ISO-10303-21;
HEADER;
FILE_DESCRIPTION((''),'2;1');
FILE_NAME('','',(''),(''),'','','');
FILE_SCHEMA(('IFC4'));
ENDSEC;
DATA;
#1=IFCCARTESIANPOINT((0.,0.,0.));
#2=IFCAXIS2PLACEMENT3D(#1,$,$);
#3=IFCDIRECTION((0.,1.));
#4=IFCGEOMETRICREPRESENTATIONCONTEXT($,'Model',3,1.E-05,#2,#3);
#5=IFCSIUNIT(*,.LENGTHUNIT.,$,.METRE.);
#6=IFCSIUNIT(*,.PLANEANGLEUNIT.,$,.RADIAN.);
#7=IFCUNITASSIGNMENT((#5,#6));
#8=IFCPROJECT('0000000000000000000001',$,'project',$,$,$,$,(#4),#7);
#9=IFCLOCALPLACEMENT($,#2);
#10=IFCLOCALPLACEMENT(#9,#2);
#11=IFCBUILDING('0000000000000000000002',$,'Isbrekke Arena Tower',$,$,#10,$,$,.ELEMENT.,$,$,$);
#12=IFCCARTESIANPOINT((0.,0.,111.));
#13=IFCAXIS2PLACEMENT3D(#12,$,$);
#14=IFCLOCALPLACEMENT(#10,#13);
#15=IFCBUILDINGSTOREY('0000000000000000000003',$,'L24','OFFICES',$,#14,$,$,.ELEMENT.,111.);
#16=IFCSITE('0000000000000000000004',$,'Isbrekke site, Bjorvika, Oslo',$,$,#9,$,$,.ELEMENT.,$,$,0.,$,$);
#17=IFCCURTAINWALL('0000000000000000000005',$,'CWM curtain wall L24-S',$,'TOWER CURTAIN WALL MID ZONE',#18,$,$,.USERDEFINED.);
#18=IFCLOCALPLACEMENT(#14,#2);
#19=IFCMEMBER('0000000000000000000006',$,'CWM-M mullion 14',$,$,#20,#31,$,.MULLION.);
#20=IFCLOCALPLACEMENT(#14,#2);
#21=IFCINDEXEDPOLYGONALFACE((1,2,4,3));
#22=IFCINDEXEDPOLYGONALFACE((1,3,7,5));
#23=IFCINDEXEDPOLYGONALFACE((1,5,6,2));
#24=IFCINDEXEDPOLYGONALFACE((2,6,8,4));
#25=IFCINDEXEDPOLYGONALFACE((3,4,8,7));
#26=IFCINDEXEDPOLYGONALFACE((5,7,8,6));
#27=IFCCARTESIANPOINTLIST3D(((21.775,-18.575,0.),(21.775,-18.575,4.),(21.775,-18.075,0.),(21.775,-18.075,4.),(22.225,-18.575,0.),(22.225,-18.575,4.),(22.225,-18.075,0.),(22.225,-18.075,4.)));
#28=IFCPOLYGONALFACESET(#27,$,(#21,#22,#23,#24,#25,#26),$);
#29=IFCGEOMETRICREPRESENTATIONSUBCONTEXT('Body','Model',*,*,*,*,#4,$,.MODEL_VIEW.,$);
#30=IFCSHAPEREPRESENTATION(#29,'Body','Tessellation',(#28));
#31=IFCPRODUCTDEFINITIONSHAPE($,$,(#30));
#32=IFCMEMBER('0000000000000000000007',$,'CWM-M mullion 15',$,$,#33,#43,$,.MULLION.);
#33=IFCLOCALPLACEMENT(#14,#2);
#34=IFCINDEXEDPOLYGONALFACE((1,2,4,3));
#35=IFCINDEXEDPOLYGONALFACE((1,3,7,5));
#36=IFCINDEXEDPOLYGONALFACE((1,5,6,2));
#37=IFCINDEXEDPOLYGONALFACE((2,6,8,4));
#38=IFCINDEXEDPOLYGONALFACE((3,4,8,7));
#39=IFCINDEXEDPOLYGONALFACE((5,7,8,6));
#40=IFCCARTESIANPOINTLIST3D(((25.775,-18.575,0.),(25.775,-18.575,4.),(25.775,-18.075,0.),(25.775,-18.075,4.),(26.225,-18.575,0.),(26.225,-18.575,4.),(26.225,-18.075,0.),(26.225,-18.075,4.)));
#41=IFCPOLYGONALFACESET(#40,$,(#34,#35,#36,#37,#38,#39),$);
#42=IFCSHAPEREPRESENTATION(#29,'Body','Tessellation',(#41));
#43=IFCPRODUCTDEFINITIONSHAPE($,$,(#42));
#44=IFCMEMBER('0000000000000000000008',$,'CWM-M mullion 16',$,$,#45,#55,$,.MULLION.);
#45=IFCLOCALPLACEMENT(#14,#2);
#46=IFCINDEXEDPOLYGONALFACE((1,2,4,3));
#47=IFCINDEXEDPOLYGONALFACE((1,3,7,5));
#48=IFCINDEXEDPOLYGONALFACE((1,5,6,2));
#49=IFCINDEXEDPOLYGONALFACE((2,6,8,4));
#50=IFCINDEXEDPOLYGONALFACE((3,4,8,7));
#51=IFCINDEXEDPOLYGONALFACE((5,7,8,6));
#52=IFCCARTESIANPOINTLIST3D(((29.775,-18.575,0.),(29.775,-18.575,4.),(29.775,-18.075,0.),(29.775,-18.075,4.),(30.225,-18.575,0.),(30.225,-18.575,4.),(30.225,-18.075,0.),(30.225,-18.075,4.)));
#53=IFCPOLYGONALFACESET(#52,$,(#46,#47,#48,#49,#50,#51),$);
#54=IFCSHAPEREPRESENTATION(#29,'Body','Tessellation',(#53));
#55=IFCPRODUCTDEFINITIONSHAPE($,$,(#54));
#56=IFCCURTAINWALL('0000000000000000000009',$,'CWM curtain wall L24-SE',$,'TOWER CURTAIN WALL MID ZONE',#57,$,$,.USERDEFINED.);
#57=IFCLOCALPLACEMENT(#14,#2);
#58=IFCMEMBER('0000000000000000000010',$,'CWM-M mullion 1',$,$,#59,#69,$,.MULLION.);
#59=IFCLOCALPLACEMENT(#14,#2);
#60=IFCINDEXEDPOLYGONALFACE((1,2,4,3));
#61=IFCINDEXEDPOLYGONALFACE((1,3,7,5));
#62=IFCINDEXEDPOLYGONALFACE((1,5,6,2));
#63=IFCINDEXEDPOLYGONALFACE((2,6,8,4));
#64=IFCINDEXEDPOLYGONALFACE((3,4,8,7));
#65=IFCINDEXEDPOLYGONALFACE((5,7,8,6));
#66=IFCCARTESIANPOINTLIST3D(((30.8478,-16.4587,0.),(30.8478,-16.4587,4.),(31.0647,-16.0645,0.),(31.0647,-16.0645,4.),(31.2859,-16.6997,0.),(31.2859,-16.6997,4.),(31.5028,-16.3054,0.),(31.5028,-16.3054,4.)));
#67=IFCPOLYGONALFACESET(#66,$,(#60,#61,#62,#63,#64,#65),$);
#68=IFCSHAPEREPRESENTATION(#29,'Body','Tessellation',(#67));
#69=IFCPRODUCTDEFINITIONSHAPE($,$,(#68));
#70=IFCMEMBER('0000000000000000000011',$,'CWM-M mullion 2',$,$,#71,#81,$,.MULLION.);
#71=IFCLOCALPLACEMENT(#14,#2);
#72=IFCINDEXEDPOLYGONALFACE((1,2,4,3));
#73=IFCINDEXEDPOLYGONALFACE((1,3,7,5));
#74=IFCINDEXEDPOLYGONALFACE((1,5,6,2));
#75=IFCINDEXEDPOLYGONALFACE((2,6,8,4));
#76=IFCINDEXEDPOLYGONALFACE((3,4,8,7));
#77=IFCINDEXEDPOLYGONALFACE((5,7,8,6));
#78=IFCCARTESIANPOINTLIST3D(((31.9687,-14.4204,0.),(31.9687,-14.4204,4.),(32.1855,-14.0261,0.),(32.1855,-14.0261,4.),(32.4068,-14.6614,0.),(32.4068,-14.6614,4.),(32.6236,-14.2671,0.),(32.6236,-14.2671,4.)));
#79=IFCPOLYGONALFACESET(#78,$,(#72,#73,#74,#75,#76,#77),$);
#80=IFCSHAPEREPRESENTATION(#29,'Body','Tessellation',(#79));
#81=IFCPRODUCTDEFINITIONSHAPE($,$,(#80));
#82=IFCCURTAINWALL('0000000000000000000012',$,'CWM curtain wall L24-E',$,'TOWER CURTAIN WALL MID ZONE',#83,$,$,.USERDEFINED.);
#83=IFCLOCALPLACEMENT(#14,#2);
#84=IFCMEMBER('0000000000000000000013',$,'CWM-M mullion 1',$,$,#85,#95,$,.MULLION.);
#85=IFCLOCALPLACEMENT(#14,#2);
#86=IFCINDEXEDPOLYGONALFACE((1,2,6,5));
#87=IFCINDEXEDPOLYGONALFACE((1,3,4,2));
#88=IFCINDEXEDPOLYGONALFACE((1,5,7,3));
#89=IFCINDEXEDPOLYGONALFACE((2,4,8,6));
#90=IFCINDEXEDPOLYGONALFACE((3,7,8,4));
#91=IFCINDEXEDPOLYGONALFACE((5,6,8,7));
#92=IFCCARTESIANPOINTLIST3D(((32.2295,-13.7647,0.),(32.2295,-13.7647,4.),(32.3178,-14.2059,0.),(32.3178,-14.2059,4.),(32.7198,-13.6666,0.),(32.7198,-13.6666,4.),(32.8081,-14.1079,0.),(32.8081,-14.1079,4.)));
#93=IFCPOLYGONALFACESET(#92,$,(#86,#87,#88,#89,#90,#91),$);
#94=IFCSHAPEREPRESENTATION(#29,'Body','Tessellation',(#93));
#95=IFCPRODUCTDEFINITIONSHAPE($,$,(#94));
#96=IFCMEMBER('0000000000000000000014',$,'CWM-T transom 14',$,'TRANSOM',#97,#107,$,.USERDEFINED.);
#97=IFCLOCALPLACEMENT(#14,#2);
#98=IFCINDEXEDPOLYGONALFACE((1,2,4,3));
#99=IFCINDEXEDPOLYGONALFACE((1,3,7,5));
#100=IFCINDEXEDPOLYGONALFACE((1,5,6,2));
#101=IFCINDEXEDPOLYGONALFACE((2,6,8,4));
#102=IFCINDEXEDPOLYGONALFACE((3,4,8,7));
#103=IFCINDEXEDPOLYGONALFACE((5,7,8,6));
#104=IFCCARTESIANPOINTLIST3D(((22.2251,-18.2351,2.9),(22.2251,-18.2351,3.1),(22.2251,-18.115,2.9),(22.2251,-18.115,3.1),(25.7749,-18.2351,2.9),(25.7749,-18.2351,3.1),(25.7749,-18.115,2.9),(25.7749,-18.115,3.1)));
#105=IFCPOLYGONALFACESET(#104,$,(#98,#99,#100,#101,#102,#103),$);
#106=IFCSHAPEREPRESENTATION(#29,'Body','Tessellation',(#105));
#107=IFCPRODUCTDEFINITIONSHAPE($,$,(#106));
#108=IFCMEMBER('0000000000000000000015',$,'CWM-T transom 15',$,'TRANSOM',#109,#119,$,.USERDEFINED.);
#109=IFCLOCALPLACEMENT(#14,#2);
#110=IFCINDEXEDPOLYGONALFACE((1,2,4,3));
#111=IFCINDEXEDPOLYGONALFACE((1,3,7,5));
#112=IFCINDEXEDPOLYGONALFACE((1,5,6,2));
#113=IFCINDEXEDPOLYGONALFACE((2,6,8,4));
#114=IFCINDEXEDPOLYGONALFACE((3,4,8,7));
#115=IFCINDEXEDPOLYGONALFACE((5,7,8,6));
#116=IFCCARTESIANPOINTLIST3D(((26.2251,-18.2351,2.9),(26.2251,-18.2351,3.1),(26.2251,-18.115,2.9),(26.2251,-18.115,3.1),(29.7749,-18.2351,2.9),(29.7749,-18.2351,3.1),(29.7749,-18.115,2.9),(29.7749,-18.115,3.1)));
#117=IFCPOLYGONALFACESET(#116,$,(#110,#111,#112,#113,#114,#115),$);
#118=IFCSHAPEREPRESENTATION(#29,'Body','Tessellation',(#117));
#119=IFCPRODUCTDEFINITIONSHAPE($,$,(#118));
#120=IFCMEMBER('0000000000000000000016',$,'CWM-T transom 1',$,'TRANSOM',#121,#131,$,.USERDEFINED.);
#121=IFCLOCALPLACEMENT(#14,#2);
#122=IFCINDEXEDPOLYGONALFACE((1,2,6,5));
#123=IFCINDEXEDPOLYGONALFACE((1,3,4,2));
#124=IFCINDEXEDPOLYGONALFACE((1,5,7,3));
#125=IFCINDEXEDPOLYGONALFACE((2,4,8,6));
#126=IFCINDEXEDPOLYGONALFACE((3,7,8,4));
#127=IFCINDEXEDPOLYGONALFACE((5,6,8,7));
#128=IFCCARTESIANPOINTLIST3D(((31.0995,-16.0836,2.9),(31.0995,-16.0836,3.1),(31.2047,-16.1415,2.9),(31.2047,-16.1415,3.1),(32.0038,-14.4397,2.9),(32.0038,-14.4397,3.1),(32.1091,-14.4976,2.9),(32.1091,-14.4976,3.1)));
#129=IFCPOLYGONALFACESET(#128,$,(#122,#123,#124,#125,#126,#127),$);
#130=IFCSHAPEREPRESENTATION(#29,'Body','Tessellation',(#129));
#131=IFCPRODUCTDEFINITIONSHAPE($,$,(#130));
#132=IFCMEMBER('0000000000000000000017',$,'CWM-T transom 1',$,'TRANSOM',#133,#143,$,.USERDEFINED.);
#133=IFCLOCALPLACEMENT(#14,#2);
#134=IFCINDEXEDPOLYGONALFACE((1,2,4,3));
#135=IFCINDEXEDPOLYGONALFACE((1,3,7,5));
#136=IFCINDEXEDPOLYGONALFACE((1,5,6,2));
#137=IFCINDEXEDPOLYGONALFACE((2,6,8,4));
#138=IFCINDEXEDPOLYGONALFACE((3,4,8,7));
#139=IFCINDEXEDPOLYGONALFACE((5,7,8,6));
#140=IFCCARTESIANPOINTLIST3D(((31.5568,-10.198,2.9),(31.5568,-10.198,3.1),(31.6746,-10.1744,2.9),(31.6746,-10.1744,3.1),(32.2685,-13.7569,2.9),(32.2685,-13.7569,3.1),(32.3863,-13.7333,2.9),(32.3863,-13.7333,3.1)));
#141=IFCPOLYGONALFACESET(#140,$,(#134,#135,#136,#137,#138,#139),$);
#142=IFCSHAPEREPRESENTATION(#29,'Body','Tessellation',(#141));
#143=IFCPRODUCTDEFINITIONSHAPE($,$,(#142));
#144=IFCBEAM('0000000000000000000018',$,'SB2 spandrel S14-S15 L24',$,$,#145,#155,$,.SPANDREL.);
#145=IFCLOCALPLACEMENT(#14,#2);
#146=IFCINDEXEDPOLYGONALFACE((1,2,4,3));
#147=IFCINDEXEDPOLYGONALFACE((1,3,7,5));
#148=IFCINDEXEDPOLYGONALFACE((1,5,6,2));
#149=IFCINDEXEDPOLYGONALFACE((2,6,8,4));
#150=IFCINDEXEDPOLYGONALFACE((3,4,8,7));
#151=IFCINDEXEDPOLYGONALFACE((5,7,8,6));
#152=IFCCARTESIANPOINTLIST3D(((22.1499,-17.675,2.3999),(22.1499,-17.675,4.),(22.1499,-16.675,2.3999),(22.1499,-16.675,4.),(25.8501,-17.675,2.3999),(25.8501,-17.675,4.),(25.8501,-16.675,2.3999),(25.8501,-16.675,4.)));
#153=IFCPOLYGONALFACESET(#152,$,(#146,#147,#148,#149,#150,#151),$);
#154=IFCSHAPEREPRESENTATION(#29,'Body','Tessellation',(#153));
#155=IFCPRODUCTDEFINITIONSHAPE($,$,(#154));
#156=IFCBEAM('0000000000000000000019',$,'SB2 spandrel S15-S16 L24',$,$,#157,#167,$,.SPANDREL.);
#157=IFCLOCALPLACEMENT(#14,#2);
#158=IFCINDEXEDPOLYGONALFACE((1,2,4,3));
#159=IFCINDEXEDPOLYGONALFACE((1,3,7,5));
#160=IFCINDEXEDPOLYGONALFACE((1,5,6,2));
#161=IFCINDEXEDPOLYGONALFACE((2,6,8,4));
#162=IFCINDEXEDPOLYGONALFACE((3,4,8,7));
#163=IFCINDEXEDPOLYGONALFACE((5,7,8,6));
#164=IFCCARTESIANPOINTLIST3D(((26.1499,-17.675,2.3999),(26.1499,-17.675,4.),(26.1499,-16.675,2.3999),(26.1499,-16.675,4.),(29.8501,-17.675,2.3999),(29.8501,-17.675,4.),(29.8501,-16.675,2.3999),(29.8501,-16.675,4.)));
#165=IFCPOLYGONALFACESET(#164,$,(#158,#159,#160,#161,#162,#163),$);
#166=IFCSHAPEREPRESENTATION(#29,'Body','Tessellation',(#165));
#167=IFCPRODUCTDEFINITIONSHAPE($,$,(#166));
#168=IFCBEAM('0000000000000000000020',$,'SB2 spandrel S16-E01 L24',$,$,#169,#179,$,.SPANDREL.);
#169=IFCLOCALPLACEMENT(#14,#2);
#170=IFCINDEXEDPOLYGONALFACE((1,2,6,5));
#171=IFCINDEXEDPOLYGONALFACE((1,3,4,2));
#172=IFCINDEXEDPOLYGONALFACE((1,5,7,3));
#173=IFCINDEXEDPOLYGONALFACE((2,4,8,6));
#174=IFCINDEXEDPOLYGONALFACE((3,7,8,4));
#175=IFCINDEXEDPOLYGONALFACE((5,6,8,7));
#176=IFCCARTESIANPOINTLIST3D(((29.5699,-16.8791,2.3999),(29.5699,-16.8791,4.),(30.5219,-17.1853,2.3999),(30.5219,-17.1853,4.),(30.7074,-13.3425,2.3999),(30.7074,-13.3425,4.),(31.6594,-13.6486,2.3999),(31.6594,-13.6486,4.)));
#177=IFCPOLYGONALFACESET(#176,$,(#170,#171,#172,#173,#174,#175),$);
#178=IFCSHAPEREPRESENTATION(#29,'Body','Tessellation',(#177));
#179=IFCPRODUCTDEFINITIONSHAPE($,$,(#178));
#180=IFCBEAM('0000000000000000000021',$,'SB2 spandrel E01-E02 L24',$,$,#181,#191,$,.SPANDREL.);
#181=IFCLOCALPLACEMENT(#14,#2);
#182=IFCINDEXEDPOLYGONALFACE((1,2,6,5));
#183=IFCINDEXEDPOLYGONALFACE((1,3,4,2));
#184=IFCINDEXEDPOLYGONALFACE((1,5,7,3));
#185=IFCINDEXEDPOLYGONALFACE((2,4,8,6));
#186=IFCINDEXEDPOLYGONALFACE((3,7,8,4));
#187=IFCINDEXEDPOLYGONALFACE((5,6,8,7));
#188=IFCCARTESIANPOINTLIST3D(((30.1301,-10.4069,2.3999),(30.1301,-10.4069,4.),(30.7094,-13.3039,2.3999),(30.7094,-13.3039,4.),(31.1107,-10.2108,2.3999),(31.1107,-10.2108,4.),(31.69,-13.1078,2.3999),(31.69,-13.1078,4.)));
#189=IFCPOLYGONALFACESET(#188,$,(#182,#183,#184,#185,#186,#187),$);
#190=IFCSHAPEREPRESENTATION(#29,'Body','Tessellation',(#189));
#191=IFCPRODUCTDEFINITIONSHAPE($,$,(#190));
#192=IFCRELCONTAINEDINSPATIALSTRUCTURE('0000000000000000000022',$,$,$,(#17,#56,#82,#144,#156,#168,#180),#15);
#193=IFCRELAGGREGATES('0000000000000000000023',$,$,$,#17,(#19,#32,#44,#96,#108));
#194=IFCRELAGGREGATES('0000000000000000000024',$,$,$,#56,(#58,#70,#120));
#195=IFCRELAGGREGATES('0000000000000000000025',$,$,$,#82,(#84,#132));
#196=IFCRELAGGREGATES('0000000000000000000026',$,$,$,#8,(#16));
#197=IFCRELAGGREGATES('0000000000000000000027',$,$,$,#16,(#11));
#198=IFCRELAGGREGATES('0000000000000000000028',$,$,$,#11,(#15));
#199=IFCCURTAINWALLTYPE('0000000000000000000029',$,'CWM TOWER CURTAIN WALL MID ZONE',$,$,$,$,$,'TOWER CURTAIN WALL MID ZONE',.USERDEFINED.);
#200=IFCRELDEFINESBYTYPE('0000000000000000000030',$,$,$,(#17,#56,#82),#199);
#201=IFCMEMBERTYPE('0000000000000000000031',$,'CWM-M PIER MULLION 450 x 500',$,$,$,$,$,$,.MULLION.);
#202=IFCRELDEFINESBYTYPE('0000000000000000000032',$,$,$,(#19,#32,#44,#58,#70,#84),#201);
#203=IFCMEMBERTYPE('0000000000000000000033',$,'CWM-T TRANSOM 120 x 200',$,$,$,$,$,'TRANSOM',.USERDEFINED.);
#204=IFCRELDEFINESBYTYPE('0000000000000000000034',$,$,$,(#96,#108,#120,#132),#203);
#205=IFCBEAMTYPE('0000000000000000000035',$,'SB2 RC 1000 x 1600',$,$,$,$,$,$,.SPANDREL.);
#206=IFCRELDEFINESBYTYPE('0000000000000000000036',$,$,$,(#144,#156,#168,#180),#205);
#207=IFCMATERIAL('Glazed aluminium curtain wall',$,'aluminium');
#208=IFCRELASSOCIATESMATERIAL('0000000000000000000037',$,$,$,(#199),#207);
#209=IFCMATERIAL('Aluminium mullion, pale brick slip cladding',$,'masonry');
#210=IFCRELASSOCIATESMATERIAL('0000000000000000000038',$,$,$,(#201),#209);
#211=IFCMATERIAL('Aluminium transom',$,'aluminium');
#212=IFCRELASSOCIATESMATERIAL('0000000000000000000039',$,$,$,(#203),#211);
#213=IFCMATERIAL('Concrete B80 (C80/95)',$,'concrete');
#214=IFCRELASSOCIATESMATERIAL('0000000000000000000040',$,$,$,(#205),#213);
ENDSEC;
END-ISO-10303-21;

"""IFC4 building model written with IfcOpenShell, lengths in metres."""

from ifc_helpers import new_model, si_unit, direction, frame, origin, origin_2d, place, context, subcontext, project, spatial, rectangle, extrude, material, material_profile, profile_set, type_object, element, aggregate, save


model = new_model("IFC4")

# Units and contexts
model_context = context("Model", 3, precision=1e-05, world=origin(), true_north=direction((0.0, 1.0)))
body_context = subcontext(model_context, "Body", "Model", "MODEL_VIEW")
ifc_project = project(units=[si_unit("LENGTHUNIT", "METRE"), si_unit("PLANEANGLEUNIT", "RADIAN")], contexts=[model_context])

# Site, building, storey
site_placement = place(None, origin())
site = spatial("IfcSite", under=ifc_project, at=site_placement, Name="Isbrekke site, Bjorvika, Oslo", CompositionType="ELEMENT", RefElevation=0.0)
building_placement = place(site_placement, origin())
building = spatial("IfcBuilding", under=site, at=building_placement, Name="Isbrekke Arena Tower", CompositionType="ELEMENT")
storey_placement = place(building_placement, frame((0.0, 0.0, 111.0)))
storey = spatial("IfcBuildingStorey", under=building, at=storey_placement, Name="L24", Description="OFFICES", CompositionType="ELEMENT", Elevation=111.0)

# Curtain walls, members
ifc_material_1 = material(Name="Glazed aluminium curtain wall", Category="aluminium")
curtain_wall_type = type_object("IfcCurtainWallType", Name="CWM TOWER CURTAIN WALL MID ZONE", ElementType="TOWER CURTAIN WALL MID ZONE", PredefinedType="USERDEFINED", material=ifc_material_1)
curtain_wall_1_placement = place(storey_placement, origin())
curtain_wall_1 = element("IfcCurtainWall", 1, at=curtain_wall_1_placement, inside=storey, type_object=curtain_wall_type, Name="CWM curtain wall L24-S", ObjectType="TOWER CURTAIN WALL MID ZONE", PredefinedType="USERDEFINED")
ifc_material_2 = material(Name="Aluminium mullion, pale brick slip cladding", Category="masonry")
ifc_material_profile_1 = material_profile(ifc_material_2, rectangle(XDim=0.45, YDim=0.5, at=origin_2d()), Name="PIER 450X500")
ifc_profile_set_1 = profile_set([ifc_material_profile_1], Name="Aluminium mullion, pale brick slip cladding")
member_type_1 = type_object("IfcMemberType", Name="CWM-M PIER MULLION 450 x 500", PredefinedType="MULLION", material=ifc_profile_set_1)
member_1_placement = place(storey_placement, frame((22.0, -18.325, 0.0), z_axis=(0.0, 0.0, 1.0), x_axis=(1.0, 0.0, 0.0)))
member_1 = element("IfcMember", 2, at=member_1_placement, type_object=member_type_1, Name="CWM-M mullion 14", PredefinedType="MULLION", context=body_context, shape_type="SweptSolid", body=[
    extrude(rectangle(XDim=0.45, YDim=0.5, at=origin_2d()), origin(), (0.0, 0.0, 1.0), 4.0),
])
member_2_placement = place(storey_placement, frame((26.0, -18.325, 0.0), z_axis=(0.0, 0.0, 1.0), x_axis=(1.0, 0.0, 0.0)))
member_2 = element("IfcMember", 3, at=member_2_placement, type_object=member_type_1, Name="CWM-M mullion 15", PredefinedType="MULLION", context=body_context, shape_type="SweptSolid", body=[
    extrude(rectangle(XDim=0.45, YDim=0.5, at=origin_2d()), origin(), (0.0, 0.0, 1.0), 4.0),
])
member_3_placement = place(storey_placement, frame((30.0, -18.325, 0.0), z_axis=(0.0, 0.0, 1.0), x_axis=(1.0, 0.0, 0.0)))
member_3 = element("IfcMember", 4, at=member_3_placement, type_object=member_type_1, Name="CWM-M mullion 16", PredefinedType="MULLION", context=body_context, shape_type="SweptSolid", body=[
    extrude(rectangle(XDim=0.45, YDim=0.5, at=origin_2d()), origin(), (0.0, 0.0, 1.0), 4.0),
])
curtain_wall_2_placement = place(storey_placement, origin())
curtain_wall_2 = element("IfcCurtainWall", 5, at=curtain_wall_2_placement, inside=storey, type_object=curtain_wall_type, Name="CWM curtain wall L24-SE", ObjectType="TOWER CURTAIN WALL MID ZONE", PredefinedType="USERDEFINED")
member_4_placement = place(storey_placement, frame((31.1753, -16.3821, 0.0), z_axis=(0.0, 0.0, 1.0), x_axis=(0.481919, 0.876216, 0.0)))
member_4 = element("IfcMember", 6, at=member_4_placement, type_object=member_type_1, Name="CWM-M mullion 1", PredefinedType="MULLION", context=body_context, shape_type="SweptSolid", body=[
    extrude(rectangle(XDim=0.45, YDim=0.5, at=origin_2d()), origin(), (0.0, 0.0, 1.0), 4.0),
])
member_5_placement = place(storey_placement, frame((32.2961, -14.3438, 0.0), z_axis=(0.0, 0.0, 1.0), x_axis=(0.481919, 0.876216, 0.0)))
member_5 = element("IfcMember", 7, at=member_5_placement, type_object=member_type_1, Name="CWM-M mullion 2", PredefinedType="MULLION", context=body_context, shape_type="SweptSolid", body=[
    extrude(rectangle(XDim=0.45, YDim=0.5, at=origin_2d()), origin(), (0.0, 0.0, 1.0), 4.0),
])

# Curtain wall, member
curtain_wall_3_placement = place(storey_placement, origin())
curtain_wall_3 = element("IfcCurtainWall", 8, at=curtain_wall_3_placement, inside=storey, type_object=curtain_wall_type, Name="CWM curtain wall L24-E", ObjectType="TOWER CURTAIN WALL MID ZONE", PredefinedType="USERDEFINED")
member_6_placement = place(storey_placement, frame((32.5188, -13.9363, 0.0), z_axis=(0.0, 0.0, 1.0), x_axis=(-0.196116, 0.980581, 0.0)))
member_6 = element("IfcMember", 9, at=member_6_placement, type_object=member_type_1, Name="CWM-M mullion 1", PredefinedType="MULLION", context=body_context, shape_type="SweptSolid", body=[
    extrude(rectangle(XDim=0.45, YDim=0.5, at=origin_2d()), origin(), (0.0, 0.0, 1.0), 4.0),
])

# Members
ifc_material_3 = material(Name="Aluminium transom", Category="aluminium")
ifc_material_profile_2 = material_profile(ifc_material_3, rectangle(XDim=0.1201, YDim=0.2, at=origin_2d()), Name="TRANSOM 120X200")
ifc_profile_set_2 = profile_set([ifc_material_profile_2], Name="Aluminium transom")
member_type_2 = type_object("IfcMemberType", Name="CWM-T TRANSOM 120 x 200", ElementType="TRANSOM", PredefinedType="USERDEFINED", material=ifc_profile_set_2)
member_7_placement = place(storey_placement, frame((22.2251, -18.175, 3.0), z_axis=(1.0, 0.0, 0.0), x_axis=(0.0, 1.0, 0.0)))
member_7 = element("IfcMember", 10, at=member_7_placement, type_object=member_type_2, Name="CWM-T transom 14", ObjectType="TRANSOM", PredefinedType="USERDEFINED", context=body_context, shape_type="SweptSolid", body=[
    extrude(rectangle(XDim=0.1201, YDim=0.2, at=origin_2d()), origin(), (0.0, 0.0, 1.0), 3.5498),
])
member_8_placement = place(storey_placement, frame((26.2251, -18.175, 3.0), z_axis=(1.0, 0.0, 0.0), x_axis=(0.0, 1.0, 0.0)))
member_8 = element("IfcMember", 11, at=member_8_placement, type_object=member_type_2, Name="CWM-T transom 15", ObjectType="TRANSOM", PredefinedType="USERDEFINED", context=body_context, shape_type="SweptSolid", body=[
    extrude(rectangle(XDim=0.1201, YDim=0.2, at=origin_2d()), origin(), (0.0, 0.0, 1.0), 3.5498),
])
member_9_placement = place(storey_placement, frame((31.1521, -16.1125, 3.0), z_axis=(0.482004, 0.876169, 0.0), x_axis=(-0.876169, 0.482004, 0.0)))
member_9 = element("IfcMember", 12, at=member_9_placement, type_object=member_type_2, Name="CWM-T transom 1", ObjectType="TRANSOM", PredefinedType="USERDEFINED", context=body_context, shape_type="SweptSolid", body=[
    extrude(rectangle(XDim=0.1201, YDim=0.2, at=origin_2d()), origin(), (0.0, 0.0, 1.0), 1.8762),
])
member_10_placement = place(storey_placement, frame((32.3274, -13.7451, 3.0), z_axis=(-0.19609, 0.980586, 0.0), x_axis=(-0.980586, -0.19609, 0.0)))
member_10 = element("IfcMember", 13, at=member_10_placement, type_object=member_type_2, Name="CWM-T transom 1", ObjectType="TRANSOM", PredefinedType="USERDEFINED", context=body_context, shape_type="SweptSolid", body=[
    extrude(rectangle(XDim=0.1201, YDim=0.2, at=origin_2d()), origin(), (0.0, 0.0, 1.0), 3.6294),
])

# Beams
ifc_material_4 = material(Name="Concrete B80 (C80/95)", Category="concrete")
ifc_material_profile_3 = material_profile(ifc_material_4, rectangle(XDim=1.0, YDim=1.6001, at=origin_2d()), Name="RC 1000x1600")
ifc_profile_set_3 = profile_set([ifc_material_profile_3], Name="Concrete B80 (C80/95)")
beam_type_1 = type_object("IfcBeamType", Name="SB2 RC 1000 x 1600", PredefinedType="SPANDREL", material=ifc_profile_set_3)
for number, where, z_axis, x_axis, name in (
    (14, (22.1499, -17.175, 3.2), (1.0, 0.0, 0.0), (0.0, 1.0, 0.0), "SB2 spandrel S14-S15 L24"),
    (15, (26.1499, -17.175, 3.2), (1.0, 0.0, 0.0), (0.0, 1.0, 0.0), "SB2 spandrel S15-S16 L24"),
):
    element("IfcBeam", number, at=place(storey_placement, frame(where, z_axis=z_axis, x_axis=x_axis)), inside=storey, type_object=beam_type_1, Name=name, PredefinedType="SPANDREL", context=body_context, shape_type="SweptSolid", body=[
        extrude(rectangle(XDim=1.0, YDim=1.6001, at=origin_2d()), origin(), (0.0, 0.0, 1.0), 3.7002),
    ])
beam_1_placement = place(storey_placement, frame((30.0459, -17.0322, 3.2), z_axis=(0.306175, 0.951975, 0.0), x_axis=(-0.951975, 0.306175, 0.0)))
element("IfcBeam", 16, at=beam_1_placement, inside=storey, type_object=beam_type_1, Name="SB2 spandrel S16-E01 L24", PredefinedType="SPANDREL", context=body_context, shape_type="SweptSolid", body=[
    extrude(rectangle(XDim=1.0, YDim=1.6001, at=origin_2d()), origin(), (0.0, 0.0, 1.0), 3.7151),
])
beam_2_placement = place(storey_placement, frame((31.1997, -13.2058, 3.2), z_axis=(-0.1961, 0.980584, 0.0), x_axis=(-0.980584, -0.1961, 0.0)))
element("IfcBeam", 17, at=beam_2_placement, inside=storey, type_object=beam_type_1, Name="SB2 spandrel E01-E02 L24", PredefinedType="SPANDREL", context=body_context, shape_type="SweptSolid", body=[
    extrude(rectangle(XDim=1.0, YDim=1.6001, at=origin_2d()), origin(), (0.0, 0.0, 1.0), 2.9543),
])

aggregate(curtain_wall_1, [member_1, member_2, member_3, member_7, member_8])
aggregate(curtain_wall_2, [member_4, member_5, member_9])
aggregate(curtain_wall_3, [member_6, member_10])

save(model, "model.ifc")
